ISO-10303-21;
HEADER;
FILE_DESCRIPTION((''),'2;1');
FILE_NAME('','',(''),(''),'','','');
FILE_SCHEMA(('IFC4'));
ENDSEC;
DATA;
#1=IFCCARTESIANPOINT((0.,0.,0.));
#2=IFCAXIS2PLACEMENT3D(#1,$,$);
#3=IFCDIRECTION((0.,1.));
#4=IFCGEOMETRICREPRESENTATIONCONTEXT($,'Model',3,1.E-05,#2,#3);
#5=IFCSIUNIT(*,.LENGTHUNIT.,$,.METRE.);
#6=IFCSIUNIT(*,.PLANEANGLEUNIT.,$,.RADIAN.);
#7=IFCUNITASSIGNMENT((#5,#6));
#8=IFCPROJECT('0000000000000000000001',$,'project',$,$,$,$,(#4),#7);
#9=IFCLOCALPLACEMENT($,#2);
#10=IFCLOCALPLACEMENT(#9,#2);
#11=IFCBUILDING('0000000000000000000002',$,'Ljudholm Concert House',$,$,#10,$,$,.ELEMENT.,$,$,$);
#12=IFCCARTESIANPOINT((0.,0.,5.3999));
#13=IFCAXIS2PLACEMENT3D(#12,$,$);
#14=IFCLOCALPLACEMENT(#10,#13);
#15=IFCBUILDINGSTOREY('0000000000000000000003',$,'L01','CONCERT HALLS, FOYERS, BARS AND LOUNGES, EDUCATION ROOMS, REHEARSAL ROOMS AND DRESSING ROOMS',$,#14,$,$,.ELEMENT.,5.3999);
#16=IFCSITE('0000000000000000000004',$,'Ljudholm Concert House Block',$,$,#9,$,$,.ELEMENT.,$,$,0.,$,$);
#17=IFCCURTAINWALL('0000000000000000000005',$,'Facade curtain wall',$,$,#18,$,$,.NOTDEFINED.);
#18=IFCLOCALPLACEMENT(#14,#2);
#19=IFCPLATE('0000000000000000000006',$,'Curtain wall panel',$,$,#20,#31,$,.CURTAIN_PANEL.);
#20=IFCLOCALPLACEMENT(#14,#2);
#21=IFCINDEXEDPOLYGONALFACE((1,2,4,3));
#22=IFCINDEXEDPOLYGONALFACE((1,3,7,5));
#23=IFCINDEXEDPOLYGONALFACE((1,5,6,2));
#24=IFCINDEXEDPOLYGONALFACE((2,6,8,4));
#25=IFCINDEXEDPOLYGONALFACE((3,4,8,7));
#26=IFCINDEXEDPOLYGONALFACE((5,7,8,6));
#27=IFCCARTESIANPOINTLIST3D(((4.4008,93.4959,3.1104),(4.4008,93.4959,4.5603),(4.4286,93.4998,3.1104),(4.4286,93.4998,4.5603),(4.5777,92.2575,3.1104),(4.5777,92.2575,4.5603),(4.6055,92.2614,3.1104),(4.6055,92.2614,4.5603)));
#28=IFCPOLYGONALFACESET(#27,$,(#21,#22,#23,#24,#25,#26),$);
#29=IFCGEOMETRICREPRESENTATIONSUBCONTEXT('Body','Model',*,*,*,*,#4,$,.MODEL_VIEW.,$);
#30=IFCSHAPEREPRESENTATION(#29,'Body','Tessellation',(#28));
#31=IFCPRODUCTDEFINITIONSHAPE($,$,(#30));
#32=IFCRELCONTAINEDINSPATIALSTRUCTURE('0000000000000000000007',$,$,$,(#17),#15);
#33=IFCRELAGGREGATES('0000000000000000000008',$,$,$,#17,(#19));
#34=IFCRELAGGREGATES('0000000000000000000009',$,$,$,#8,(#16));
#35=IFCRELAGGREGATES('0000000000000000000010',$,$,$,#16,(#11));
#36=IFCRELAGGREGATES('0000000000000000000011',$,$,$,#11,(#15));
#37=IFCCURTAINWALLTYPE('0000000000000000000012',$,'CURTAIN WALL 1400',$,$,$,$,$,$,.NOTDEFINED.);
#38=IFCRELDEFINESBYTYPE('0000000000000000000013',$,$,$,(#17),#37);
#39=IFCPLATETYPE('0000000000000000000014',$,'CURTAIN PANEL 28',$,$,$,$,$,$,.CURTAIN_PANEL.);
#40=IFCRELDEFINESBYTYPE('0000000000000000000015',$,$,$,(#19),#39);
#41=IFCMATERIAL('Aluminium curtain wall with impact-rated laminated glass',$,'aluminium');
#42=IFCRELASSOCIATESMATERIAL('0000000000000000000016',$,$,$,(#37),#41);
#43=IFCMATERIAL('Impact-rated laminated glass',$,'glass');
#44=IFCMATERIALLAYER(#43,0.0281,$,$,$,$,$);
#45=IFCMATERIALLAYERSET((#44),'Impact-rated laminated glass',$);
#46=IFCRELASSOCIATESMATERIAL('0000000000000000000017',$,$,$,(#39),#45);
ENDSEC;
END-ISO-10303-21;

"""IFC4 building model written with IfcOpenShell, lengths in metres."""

from ifc_helpers import new_model, si_unit, direction, frame, origin, origin_2d, place, context, subcontext, project, spatial, rectangle, extrude, material, layer, layer_set, type_object, element, aggregate, save


model = new_model("IFC4")

# Units and contexts
model_context = context("Model", 3, precision=1e-05, world=origin(), true_north=direction((0.0, 1.0)))
body_context = subcontext(model_context, "Body", "Model", "MODEL_VIEW")
ifc_project = project(units=[si_unit("LENGTHUNIT", "METRE"), si_unit("PLANEANGLEUNIT", "RADIAN")], contexts=[model_context])

# Site, building, storey
site_placement = place(None, origin())
site = spatial("IfcSite", under=ifc_project, at=site_placement, Name="Ljudholm Concert House Block", CompositionType="ELEMENT", RefElevation=0.0)
building_placement = place(site_placement, origin())
building = spatial("IfcBuilding", under=site, at=building_placement, Name="Ljudholm Concert House", CompositionType="ELEMENT")
storey_placement = place(building_placement, frame((0.0, 0.0, 5.3999)))
storey = spatial("IfcBuildingStorey", under=building, at=storey_placement, Name="L01", Description="CONCERT HALLS, FOYERS, BARS AND LOUNGES, EDUCATION ROOMS, REHEARSAL ROOMS AND DRESSING ROOMS", CompositionType="ELEMENT", Elevation=5.3999)

# Shared definitions
ifc_material_1 = material(Name="Aluminium curtain wall with impact-rated laminated glass", Category="aluminium")
curtain_wall_type = type_object("IfcCurtainWallType", Name="CURTAIN WALL 1400", PredefinedType="NOTDEFINED", material=ifc_material_1)

# Curtain wall
curtain_wall_1_placement = place(storey_placement, origin())
curtain_wall_1 = element("IfcCurtainWall", 1, at=curtain_wall_1_placement, inside=storey, type_object=curtain_wall_type, Name="Facade curtain wall", PredefinedType="NOTDEFINED")

# Plate
ifc_material_2 = material(Name="Impact-rated laminated glass", Category="glass")
ifc_layer = layer(ifc_material_2, 0.0281)
ifc_layer_set = layer_set([ifc_layer], Name="Impact-rated laminated glass")
plate_type = type_object("IfcPlateType", Name="CURTAIN PANEL 28", PredefinedType="CURTAIN_PANEL", material=ifc_layer_set)
plate_1_placement = place(storey_placement, frame((4.5032, 92.8787, 3.1104), z_axis=(0.0, 0.0, 1.0), x_axis=(-0.141421, 0.989949, 0.0)))
plate_1 = element("IfcPlate", 2, at=plate_1_placement, type_object=plate_type, Name="Curtain wall panel", PredefinedType="CURTAIN_PANEL", context=body_context, shape_type="SweptSolid", body=[
    extrude(rectangle(XDim=1.251, YDim=0.0281, at=origin_2d()), origin(), (0.0, 0.0, 1.0), 1.45),
])
aggregate(curtain_wall_1, [plate_1])

save(model, "model.ifc")
